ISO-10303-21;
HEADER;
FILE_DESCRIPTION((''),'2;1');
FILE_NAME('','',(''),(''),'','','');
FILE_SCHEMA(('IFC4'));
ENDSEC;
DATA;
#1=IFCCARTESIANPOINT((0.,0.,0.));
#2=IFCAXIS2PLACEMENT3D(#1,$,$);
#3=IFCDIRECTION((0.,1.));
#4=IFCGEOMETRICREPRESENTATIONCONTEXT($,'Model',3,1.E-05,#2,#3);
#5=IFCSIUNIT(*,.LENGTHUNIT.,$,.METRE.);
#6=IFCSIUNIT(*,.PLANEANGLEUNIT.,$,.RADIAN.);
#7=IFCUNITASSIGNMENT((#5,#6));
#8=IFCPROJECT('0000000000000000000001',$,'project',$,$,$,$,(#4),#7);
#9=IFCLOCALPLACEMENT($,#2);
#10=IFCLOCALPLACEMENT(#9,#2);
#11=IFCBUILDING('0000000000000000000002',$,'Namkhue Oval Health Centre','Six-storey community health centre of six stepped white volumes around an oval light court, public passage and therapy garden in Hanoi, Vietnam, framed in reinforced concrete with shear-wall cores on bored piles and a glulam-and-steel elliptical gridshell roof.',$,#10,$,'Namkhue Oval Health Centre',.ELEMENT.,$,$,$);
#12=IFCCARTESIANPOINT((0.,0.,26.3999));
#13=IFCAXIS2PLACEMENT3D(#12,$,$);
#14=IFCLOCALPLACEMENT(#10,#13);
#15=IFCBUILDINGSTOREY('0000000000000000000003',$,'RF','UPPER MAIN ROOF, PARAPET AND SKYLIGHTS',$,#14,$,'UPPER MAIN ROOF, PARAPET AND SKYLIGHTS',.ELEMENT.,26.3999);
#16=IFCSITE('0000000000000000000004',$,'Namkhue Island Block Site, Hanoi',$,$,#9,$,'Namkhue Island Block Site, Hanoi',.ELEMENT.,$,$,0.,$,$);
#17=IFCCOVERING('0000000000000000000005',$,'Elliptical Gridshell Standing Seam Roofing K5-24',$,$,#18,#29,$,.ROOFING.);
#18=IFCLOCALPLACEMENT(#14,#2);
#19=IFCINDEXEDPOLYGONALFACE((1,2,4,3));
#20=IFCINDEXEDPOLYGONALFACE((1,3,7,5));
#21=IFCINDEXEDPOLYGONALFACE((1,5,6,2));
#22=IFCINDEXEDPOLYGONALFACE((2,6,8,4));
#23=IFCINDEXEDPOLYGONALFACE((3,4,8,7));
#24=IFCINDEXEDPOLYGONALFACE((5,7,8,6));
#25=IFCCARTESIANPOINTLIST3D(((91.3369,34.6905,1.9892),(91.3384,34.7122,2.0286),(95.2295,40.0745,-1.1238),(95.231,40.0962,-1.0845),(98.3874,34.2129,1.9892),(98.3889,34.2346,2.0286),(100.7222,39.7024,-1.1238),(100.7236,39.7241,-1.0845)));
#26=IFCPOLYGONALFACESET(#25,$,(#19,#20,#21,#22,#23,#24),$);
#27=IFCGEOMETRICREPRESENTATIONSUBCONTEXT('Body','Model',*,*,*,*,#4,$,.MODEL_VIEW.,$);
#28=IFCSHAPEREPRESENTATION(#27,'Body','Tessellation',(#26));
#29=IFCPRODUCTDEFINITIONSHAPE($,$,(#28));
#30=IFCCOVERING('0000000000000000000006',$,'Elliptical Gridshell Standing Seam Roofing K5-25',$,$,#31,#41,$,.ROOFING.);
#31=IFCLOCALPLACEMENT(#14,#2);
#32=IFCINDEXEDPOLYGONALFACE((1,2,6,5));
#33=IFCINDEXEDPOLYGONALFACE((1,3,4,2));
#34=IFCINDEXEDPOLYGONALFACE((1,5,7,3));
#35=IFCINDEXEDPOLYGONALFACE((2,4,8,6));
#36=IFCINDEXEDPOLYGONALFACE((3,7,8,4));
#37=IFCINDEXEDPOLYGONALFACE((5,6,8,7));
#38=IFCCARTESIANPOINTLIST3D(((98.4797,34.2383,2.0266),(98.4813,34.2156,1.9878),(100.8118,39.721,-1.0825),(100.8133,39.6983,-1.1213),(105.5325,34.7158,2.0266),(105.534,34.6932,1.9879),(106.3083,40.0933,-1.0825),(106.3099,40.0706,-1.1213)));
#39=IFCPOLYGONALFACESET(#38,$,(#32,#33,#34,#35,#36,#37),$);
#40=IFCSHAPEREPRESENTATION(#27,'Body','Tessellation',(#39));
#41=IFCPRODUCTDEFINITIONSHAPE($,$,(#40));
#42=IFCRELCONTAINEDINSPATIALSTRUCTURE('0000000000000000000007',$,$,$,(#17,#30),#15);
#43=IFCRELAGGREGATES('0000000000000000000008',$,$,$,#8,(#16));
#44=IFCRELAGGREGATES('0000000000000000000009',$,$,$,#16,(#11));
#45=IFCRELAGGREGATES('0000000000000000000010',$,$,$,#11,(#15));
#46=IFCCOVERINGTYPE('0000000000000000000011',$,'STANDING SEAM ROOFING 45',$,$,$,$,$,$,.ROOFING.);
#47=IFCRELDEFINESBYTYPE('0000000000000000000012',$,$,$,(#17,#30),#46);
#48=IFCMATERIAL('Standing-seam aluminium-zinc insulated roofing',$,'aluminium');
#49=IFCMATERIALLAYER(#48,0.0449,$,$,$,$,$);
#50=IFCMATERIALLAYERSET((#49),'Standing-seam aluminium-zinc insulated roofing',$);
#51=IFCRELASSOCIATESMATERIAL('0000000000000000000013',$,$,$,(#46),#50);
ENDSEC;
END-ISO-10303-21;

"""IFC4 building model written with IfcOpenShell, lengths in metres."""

from ifc_helpers import new_model, si_unit, direction, frame, origin, place, context, subcontext, project, spatial, polyline, outline, extrude, material, layer, layer_set, type_object, element, save


model = new_model("IFC4")

# Units and contexts
model_context = context("Model", 3, precision=1e-05, world=origin(), true_north=direction((0.0, 1.0)))
body_context = subcontext(model_context, "Body", "Model", "MODEL_VIEW")
ifc_project = project(units=[si_unit("LENGTHUNIT", "METRE"), si_unit("PLANEANGLEUNIT", "RADIAN")], contexts=[model_context])

# Site, building, storey
site_placement = place(None, origin())
site = spatial("IfcSite", under=ifc_project, at=site_placement, Name="Namkhue Island Block Site, Hanoi", LongName="Namkhue Island Block Site, Hanoi", CompositionType="ELEMENT", RefElevation=0.0)
building_placement = place(site_placement, origin())
building = spatial("IfcBuilding", under=site, at=building_placement, Name="Namkhue Oval Health Centre", Description="Six-storey community health centre of six stepped white volumes around an oval light court, public passage and therapy garden in Hanoi, Vietnam, framed in reinforced concrete with shear-wall cores on bored piles and a glulam-and-steel elliptical gridshell roof.", LongName="Namkhue Oval Health Centre", CompositionType="ELEMENT")
storey_placement = place(building_placement, frame((0.0, 0.0, 26.3999)))
storey = spatial("IfcBuildingStorey", under=building, at=storey_placement, Name="RF", Description="UPPER MAIN ROOF, PARAPET AND SKYLIGHTS", LongName="UPPER MAIN ROOF, PARAPET AND SKYLIGHTS", CompositionType="ELEMENT", Elevation=26.3999)

# Coverings
ifc_material_1 = material(Name="Standing-seam aluminium-zinc insulated roofing", Category="aluminium")
ifc_layer_1 = layer(ifc_material_1, 0.0449)
ifc_layer_set_1 = layer_set([ifc_layer_1], Name="Standing-seam aluminium-zinc insulated roofing")
covering_type_1 = type_object("IfcCoveringType", Name="STANDING SEAM ROOFING 45", PredefinedType="ROOFING", material=ifc_layer_set_1)
covering_1_placement = place(storey_placement, frame((91.3384, 34.7122, 2.0286), z_axis=(0.03268, 0.482473, 0.875301), x_axis=(0.997714, -0.067577, -0.000002)))
element("IfcCovering", 1, at=covering_1_placement, inside=storey, type_object=covering_type_1, Name="Elliptical Gridshell Standing Seam Roofing K5-24", PredefinedType="ROOFING", context=body_context, shape_type="SweptSolid", body=[
    extrude(outline(polyline([(0.0, 0.0), (7.0667, 0.0), (9.0251, 6.4375), (3.5198, 6.4375), (0.0, 0.0)])), origin(), (0.0, 0.0, -1.0), 0.0449),
])
covering_2_placement = place(storey_placement, frame((98.4797, 34.2383, 2.0266), z_axis=(-0.034127, 0.503939, 0.863065), x_axis=(0.997715, 0.067558, 0.000005)))
element("IfcCovering", 2, at=covering_2_placement, inside=storey, type_object=covering_type_1, Name="Elliptical Gridshell Standing Seam Roofing K5-25", PredefinedType="ROOFING", context=body_context, shape_type="SweptSolid", body=[
    extrude(outline(polyline([(0.0, 0.0), (7.0689, 0.0), (8.2063, 6.1556), (2.6971, 6.1555), (0.0, 0.0)])), origin(), (0.0, 0.0, -1.0), 0.0449),
])

save(model, "model.ifc")
